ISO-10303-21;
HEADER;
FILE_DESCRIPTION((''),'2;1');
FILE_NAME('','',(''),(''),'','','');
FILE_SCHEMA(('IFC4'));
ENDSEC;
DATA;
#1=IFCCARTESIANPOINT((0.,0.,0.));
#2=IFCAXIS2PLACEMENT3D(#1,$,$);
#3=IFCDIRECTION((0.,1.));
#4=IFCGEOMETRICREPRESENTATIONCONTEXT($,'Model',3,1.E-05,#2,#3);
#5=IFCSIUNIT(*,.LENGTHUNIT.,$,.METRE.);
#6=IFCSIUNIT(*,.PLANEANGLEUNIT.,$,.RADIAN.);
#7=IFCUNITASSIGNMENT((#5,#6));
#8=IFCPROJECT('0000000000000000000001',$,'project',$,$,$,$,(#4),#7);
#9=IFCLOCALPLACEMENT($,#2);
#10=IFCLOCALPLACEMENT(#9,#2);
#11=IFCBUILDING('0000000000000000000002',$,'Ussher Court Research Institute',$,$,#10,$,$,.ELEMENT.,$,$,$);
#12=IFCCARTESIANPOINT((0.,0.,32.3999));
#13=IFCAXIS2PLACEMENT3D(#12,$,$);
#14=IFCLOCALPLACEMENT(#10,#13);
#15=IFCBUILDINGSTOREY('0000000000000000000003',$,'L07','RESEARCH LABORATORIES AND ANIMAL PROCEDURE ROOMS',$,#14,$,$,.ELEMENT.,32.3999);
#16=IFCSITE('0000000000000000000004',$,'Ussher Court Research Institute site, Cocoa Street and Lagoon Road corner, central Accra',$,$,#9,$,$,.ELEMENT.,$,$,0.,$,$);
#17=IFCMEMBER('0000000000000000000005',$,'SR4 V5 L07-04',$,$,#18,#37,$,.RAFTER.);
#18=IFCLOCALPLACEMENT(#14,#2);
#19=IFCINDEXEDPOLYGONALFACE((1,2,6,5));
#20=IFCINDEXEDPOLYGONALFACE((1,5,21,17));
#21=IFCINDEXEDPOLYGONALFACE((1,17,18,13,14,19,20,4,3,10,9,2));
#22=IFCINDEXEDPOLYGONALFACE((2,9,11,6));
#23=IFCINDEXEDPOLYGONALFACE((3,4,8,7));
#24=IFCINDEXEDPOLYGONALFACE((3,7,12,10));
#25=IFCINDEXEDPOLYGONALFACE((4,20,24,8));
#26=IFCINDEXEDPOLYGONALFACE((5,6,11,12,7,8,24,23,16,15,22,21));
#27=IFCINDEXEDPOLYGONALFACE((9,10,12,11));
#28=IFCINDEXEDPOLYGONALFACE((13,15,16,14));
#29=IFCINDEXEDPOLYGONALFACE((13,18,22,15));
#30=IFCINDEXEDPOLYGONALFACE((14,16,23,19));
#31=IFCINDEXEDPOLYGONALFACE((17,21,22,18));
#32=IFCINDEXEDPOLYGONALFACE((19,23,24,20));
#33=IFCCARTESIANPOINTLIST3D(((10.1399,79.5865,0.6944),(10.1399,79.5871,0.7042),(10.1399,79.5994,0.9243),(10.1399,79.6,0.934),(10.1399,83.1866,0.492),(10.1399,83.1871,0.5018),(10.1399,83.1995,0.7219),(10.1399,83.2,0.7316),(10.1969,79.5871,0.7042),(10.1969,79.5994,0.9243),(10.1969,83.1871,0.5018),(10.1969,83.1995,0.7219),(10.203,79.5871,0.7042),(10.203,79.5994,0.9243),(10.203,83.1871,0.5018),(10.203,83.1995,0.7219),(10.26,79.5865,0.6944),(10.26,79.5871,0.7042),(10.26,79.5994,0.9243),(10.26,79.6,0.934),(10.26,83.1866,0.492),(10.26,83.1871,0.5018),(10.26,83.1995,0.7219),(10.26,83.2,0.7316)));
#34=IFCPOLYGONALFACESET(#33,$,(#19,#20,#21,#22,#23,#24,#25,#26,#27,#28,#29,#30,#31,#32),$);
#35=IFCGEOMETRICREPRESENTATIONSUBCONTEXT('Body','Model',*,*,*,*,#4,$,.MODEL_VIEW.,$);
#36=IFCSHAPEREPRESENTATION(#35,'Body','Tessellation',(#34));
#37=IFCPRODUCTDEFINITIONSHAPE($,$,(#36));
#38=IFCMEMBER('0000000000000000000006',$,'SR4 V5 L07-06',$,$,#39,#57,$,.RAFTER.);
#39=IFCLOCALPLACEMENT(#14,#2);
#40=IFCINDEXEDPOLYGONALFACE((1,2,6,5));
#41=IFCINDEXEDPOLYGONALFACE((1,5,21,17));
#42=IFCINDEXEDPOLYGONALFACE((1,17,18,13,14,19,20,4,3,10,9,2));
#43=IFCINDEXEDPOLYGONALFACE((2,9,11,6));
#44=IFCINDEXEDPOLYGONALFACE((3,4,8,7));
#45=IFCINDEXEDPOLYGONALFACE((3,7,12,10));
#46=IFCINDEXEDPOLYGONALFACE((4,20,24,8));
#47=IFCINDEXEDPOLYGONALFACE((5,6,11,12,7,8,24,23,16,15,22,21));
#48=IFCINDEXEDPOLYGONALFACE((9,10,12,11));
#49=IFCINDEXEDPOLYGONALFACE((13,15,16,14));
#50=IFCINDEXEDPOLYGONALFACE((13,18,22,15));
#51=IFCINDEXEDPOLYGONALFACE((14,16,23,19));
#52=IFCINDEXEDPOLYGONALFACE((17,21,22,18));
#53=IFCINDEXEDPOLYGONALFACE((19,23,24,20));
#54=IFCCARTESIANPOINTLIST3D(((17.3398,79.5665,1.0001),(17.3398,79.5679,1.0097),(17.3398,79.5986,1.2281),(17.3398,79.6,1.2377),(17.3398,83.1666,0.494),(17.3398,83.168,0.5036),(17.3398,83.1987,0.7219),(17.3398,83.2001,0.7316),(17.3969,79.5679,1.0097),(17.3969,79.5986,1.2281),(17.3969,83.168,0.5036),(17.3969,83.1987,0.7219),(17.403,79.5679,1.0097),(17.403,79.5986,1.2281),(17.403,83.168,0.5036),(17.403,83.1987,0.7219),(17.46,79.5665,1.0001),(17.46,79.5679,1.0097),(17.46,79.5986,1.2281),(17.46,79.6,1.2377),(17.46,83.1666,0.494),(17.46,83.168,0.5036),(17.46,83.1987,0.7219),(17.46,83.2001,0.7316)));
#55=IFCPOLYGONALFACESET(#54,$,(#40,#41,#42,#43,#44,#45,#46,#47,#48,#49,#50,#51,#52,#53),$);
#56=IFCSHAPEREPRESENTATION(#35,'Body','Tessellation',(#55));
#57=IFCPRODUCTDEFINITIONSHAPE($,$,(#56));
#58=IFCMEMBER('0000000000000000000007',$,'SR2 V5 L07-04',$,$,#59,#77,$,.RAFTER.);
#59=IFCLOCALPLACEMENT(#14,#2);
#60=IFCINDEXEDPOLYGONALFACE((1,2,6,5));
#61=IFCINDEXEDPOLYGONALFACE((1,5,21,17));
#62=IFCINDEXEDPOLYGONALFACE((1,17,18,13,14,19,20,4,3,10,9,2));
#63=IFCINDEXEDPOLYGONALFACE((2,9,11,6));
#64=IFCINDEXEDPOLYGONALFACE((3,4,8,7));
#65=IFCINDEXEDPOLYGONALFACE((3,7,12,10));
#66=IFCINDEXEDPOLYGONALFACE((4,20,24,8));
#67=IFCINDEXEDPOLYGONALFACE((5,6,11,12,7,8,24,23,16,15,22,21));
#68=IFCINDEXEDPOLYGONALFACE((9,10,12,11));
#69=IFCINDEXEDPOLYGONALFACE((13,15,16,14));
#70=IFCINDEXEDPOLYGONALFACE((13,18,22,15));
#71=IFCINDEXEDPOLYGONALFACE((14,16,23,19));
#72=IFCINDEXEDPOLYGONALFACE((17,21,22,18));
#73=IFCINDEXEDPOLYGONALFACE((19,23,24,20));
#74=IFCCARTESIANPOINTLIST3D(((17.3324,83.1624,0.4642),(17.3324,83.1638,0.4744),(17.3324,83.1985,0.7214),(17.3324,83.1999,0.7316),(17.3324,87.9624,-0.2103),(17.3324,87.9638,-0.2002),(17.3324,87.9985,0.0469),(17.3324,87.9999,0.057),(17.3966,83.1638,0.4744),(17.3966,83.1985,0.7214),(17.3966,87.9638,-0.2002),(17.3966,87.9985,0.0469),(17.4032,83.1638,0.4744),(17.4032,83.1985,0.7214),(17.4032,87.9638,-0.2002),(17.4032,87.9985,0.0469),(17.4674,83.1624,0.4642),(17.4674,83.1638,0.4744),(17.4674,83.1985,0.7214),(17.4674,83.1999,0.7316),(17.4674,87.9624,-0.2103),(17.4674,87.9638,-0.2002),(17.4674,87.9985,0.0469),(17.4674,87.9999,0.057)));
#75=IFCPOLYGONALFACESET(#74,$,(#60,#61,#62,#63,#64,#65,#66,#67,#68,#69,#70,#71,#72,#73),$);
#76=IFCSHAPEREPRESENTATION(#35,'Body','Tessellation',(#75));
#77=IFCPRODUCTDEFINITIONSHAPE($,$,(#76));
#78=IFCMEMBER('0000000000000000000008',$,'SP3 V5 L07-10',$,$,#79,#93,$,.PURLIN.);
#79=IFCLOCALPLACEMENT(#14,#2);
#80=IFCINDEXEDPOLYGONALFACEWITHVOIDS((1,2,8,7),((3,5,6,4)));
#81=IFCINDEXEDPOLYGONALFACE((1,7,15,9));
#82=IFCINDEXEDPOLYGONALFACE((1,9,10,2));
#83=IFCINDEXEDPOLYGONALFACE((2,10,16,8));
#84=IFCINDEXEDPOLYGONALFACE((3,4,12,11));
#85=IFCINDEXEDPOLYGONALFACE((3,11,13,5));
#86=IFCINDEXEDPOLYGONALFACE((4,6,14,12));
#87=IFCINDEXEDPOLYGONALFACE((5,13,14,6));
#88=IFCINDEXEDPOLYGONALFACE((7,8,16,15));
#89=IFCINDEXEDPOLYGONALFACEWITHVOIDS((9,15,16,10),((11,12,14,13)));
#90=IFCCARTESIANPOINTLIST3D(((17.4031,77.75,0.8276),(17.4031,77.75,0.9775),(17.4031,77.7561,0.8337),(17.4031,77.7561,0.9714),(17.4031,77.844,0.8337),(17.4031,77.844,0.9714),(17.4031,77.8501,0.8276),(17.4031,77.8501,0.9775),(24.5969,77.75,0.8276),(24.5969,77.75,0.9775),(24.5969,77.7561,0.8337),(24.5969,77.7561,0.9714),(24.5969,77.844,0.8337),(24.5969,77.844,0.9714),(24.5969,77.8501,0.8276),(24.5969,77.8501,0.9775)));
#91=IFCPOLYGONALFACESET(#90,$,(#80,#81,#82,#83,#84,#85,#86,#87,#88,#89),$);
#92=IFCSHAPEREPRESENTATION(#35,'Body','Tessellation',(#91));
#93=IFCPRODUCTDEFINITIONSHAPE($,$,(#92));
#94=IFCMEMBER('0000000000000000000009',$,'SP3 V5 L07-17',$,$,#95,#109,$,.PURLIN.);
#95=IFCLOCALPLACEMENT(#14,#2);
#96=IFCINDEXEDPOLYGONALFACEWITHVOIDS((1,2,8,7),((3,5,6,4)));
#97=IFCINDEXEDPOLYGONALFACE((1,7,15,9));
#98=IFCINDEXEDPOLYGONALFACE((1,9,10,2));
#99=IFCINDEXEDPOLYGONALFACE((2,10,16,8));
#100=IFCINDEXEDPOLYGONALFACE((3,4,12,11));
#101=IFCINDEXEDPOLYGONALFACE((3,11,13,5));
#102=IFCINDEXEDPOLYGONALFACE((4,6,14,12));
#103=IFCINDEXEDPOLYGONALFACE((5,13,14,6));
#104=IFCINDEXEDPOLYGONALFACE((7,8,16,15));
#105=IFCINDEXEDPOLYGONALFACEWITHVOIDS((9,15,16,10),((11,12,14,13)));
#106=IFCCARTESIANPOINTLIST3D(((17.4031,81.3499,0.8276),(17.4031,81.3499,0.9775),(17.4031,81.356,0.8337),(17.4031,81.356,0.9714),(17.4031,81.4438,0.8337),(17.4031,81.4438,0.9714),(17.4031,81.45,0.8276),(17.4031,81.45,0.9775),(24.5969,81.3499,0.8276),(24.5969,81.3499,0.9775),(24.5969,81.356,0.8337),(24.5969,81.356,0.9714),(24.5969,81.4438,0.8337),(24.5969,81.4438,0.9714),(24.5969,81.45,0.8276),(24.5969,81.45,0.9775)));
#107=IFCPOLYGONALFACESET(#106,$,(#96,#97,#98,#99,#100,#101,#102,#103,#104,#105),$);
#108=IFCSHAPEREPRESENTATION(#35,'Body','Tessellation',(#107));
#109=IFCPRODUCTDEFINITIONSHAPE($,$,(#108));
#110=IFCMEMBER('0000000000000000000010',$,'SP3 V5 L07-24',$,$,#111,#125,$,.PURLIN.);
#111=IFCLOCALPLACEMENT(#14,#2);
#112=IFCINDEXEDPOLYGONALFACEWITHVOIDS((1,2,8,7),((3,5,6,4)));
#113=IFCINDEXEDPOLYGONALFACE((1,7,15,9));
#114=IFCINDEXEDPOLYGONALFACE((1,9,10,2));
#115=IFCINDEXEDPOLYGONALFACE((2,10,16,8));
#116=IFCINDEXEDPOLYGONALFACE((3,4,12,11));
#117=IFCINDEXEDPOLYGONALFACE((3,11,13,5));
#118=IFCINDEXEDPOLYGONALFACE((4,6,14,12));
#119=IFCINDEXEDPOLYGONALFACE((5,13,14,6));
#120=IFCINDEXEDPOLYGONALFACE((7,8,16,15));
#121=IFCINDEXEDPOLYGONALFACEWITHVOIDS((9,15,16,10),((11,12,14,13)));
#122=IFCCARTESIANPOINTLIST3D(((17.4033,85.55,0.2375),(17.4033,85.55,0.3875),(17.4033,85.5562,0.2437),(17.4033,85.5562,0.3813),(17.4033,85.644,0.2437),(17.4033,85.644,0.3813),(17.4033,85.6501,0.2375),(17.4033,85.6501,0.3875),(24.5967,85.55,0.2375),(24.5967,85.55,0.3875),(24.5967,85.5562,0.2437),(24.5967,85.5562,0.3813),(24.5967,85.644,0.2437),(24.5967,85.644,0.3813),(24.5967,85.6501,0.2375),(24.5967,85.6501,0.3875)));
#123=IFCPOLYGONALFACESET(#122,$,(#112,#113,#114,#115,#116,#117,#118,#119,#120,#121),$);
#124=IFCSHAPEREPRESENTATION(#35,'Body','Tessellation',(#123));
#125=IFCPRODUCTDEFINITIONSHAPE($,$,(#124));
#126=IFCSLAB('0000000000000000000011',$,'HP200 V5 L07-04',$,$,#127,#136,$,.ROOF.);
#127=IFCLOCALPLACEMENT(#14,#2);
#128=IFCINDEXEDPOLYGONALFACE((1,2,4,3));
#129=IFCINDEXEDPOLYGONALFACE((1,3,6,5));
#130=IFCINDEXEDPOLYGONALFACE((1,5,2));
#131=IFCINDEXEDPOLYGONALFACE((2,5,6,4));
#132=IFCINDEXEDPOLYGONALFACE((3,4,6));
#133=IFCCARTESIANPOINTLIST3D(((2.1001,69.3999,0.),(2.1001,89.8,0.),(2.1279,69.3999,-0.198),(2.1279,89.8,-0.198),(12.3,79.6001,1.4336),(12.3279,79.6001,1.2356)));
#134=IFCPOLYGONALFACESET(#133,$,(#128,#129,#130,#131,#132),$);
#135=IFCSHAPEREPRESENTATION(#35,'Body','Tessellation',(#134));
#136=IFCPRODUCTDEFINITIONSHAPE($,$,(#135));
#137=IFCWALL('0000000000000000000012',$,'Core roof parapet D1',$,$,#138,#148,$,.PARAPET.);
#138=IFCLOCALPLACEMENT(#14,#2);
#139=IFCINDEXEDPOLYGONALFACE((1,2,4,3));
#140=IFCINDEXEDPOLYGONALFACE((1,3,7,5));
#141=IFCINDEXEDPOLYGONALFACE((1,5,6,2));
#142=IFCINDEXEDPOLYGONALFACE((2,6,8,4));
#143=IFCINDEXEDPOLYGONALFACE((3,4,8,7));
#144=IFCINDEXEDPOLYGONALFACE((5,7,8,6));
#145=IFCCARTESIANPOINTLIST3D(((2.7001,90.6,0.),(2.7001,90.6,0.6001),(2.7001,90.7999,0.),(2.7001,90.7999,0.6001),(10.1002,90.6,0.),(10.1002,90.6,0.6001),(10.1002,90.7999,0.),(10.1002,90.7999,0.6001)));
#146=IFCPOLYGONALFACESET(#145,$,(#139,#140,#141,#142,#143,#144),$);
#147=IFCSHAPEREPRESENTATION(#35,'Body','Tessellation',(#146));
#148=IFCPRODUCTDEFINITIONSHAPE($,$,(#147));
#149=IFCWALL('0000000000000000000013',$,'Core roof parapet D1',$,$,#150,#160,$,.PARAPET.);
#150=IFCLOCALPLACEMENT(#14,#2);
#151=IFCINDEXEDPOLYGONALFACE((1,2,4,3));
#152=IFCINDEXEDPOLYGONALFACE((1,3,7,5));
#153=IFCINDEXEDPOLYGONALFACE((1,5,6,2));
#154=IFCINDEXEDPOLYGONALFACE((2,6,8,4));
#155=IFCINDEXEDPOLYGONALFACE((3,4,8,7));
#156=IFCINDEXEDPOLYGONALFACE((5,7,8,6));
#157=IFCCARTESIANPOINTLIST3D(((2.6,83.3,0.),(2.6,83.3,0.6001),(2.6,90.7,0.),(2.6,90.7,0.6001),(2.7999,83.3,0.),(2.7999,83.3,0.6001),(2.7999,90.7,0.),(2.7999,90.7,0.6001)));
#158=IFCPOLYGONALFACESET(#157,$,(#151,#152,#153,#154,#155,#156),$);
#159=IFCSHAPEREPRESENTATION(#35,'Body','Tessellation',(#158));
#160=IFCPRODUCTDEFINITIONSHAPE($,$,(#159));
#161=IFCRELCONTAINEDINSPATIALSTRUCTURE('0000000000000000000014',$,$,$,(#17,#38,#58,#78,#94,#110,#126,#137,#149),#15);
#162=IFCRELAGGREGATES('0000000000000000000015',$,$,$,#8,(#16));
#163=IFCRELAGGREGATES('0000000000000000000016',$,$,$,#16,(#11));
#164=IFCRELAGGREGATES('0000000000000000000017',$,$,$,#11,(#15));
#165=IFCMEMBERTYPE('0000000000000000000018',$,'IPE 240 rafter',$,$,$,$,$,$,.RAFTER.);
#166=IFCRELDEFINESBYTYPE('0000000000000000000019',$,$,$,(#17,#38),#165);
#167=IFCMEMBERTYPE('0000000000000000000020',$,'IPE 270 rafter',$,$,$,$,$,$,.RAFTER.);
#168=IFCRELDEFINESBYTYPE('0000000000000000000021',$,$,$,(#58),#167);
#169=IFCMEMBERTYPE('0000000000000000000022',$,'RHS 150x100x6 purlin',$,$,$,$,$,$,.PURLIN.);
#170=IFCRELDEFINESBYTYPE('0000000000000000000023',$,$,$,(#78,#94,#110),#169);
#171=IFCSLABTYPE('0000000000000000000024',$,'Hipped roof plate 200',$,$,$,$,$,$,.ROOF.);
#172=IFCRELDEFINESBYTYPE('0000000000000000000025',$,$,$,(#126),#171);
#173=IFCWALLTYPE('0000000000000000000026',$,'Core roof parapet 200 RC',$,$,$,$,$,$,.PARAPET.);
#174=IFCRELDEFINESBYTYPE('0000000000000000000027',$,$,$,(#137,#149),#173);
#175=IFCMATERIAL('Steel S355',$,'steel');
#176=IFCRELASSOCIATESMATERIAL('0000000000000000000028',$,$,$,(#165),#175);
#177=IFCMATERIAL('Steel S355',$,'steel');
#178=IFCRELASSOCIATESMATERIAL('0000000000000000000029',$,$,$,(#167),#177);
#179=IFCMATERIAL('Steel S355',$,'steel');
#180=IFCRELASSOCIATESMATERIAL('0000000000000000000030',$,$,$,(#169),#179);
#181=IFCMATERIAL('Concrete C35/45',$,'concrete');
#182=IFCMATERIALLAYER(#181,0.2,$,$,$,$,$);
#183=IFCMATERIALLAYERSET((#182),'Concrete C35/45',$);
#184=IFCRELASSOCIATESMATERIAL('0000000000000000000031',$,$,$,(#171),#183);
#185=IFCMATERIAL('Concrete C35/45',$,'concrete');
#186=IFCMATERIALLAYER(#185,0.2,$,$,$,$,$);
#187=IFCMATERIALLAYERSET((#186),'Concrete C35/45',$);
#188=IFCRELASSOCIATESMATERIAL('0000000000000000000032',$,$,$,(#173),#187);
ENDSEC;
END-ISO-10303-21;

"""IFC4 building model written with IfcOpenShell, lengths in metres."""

from ifc_helpers import new_model, si_unit, direction, frame, frame_2d, origin, origin_2d, place, context, subcontext, project, spatial, polyline, rectangle, hollow_rectangle, i_section, outline, extrude, material, layer, layer_set, material_profile, profile_set, type_object, element, save


model = new_model("IFC4")

# Units and contexts
model_context = context("Model", 3, precision=1e-05, world=origin(), true_north=direction((0.0, 1.0)))
body_context = subcontext(model_context, "Body", "Model", "MODEL_VIEW")
ifc_project = project(units=[si_unit("LENGTHUNIT", "METRE"), si_unit("PLANEANGLEUNIT", "RADIAN")], contexts=[model_context])

# Site, building, storey
site_placement = place(None, origin())
site = spatial("IfcSite", under=ifc_project, at=site_placement, Name="Ussher Court Research Institute site, Cocoa Street and Lagoon Road corner, central Accra", CompositionType="ELEMENT", RefElevation=0.0)
building_placement = place(site_placement, origin())
building = spatial("IfcBuilding", under=site, at=building_placement, Name="Ussher Court Research Institute", CompositionType="ELEMENT")
storey_placement = place(building_placement, frame((0.0, 0.0, 32.3999)))
storey = spatial("IfcBuildingStorey", under=building, at=storey_placement, Name="L07", Description="RESEARCH LABORATORIES AND ANIMAL PROCEDURE ROOMS", CompositionType="ELEMENT", Elevation=32.3999)

# Members
ifc_material_1 = material(Name="Steel S355", Category="steel")
ifc_material_profile_1 = material_profile(ifc_material_1, i_section(OverallWidth=0.1201, OverallDepth=0.24, WebThickness=0.0061, FlangeThickness=0.0098, at=origin_2d()), Name="IPE 240")
ifc_profile_set_1 = profile_set([ifc_material_profile_1], Name="Steel S355")
member_type_1 = type_object("IfcMemberType", Name="IPE 240 rafter", PredefinedType="RAFTER", material=ifc_profile_set_1)
member_1_placement = place(storey_placement, frame((10.2, 79.5933, 0.8142), z_axis=(0.0, 0.998423, -0.05613), x_axis=(-1.0, 0.0, 0.0)))
element("IfcMember", 1, at=member_1_placement, inside=storey, type_object=member_type_1, Name="SR4 V5 L07-04", PredefinedType="RAFTER", context=body_context, shape_type="SweptSolid", body=[
    extrude(i_section(OverallWidth=0.1201, OverallDepth=0.24, WebThickness=0.0061, FlangeThickness=0.0098, at=origin_2d()), origin(), (0.0, 0.0, 1.0), 3.6057),
])
member_2_placement = place(storey_placement, frame((17.3999, 79.5833, 1.1189), z_axis=(0.0, 0.990263, -0.139212), x_axis=(-1.0, 0.0, 0.0)))
element("IfcMember", 2, at=member_2_placement, inside=storey, type_object=member_type_1, Name="SR4 V5 L07-06", PredefinedType="RAFTER", context=body_context, shape_type="SweptSolid", body=[
    extrude(i_section(OverallWidth=0.1201, OverallDepth=0.24, WebThickness=0.0061, FlangeThickness=0.0098, at=origin_2d()), origin(), (0.0, 0.0, 1.0), 3.6355),
])
ifc_material_2 = material(Name="Steel S355", Category="steel")
ifc_material_profile_2 = material_profile(ifc_material_2, i_section(OverallWidth=0.135, OverallDepth=0.27, WebThickness=0.0066, FlangeThickness=0.0103, at=origin_2d()), Name="IPE 270")
ifc_profile_set_2 = profile_set([ifc_material_profile_2], Name="Steel S355")
member_type_2 = type_object("IfcMemberType", Name="IPE 270 rafter", PredefinedType="RAFTER", material=ifc_profile_set_2)
member_3_placement = place(storey_placement, frame((17.3999, 83.1812, 0.5979), z_axis=(0.0, 0.990269, -0.139165), x_axis=(-1.0, 0.0, 0.0)))
element("IfcMember", 3, at=member_3_placement, inside=storey, type_object=member_type_2, Name="SR2 V5 L07-04", PredefinedType="RAFTER", context=body_context, shape_type="SweptSolid", body=[
    extrude(i_section(OverallWidth=0.135, OverallDepth=0.27, WebThickness=0.0066, FlangeThickness=0.0103, at=origin_2d()), origin(), (0.0, 0.0, 1.0), 4.8472),
])
ifc_material_3 = material(Name="Steel S355", Category="steel")
ifc_material_profile_3 = material_profile(ifc_material_3, hollow_rectangle(XDim=0.1001, YDim=0.1499, WallThickness=0.0061, at=origin_2d()), Name="RHS 150x100x6")
ifc_profile_set_3 = profile_set([ifc_material_profile_3], Name="Steel S355")
member_type_3 = type_object("IfcMemberType", Name="RHS 150x100x6 purlin", PredefinedType="PURLIN", material=ifc_profile_set_3)
for number, where, z_axis, x_axis, name in (
    (4, (17.4031, 77.8, 0.9026), (1.0, 0.0, 0.0), (0.0, 1.0, 0.0), "SP3 V5 L07-10"),
    (5, (17.4031, 81.3999, 0.9026), (1.0, 0.0, 0.0), (0.0, 1.0, 0.0), "SP3 V5 L07-17"),
):
    element("IfcMember", number, at=place(storey_placement, frame(where, z_axis=z_axis, x_axis=x_axis)), inside=storey, type_object=member_type_3, Name=name, PredefinedType="PURLIN", context=body_context, shape_type="SweptSolid", body=[
        extrude(hollow_rectangle(XDim=0.1001, YDim=0.1499, WallThickness=0.0061, at=origin_2d()), origin(), (0.0, 0.0, 1.0), 7.1938),
    ])
member_4_placement = place(storey_placement, frame((17.4033, 85.6001, 0.3125), z_axis=(1.0, 0.0, 0.0), x_axis=(0.0, 1.0, 0.0)))
element("IfcMember", 6, at=member_4_placement, inside=storey, type_object=member_type_3, Name="SP3 V5 L07-24", PredefinedType="PURLIN", context=body_context, shape_type="SweptSolid", body=[
    extrude(hollow_rectangle(XDim=0.1001, YDim=0.1499, WallThickness=0.0061, at=origin_2d()), origin(), (0.0, 0.0, 1.0), 7.1934),
])

# Slab
ifc_material_4 = material(Name="Concrete C35/45", Category="concrete")
ifc_layer_1 = layer(ifc_material_4, 0.2)
ifc_layer_set_1 = layer_set([ifc_layer_1], Name="Concrete C35/45")
slab_type = type_object("IfcSlabType", Name="Hipped roof plate 200", PredefinedType="ROOF", material=ifc_layer_set_1)
slab_placement = place(storey_placement, frame((2.1001, 89.8, 0.0), z_axis=(-0.139181, 0.0, 0.990267), x_axis=(0.0, -1.0, 0.0)))
element("IfcSlab", 7, at=slab_placement, inside=storey, type_object=slab_type, Name="HP200 V5 L07-04", PredefinedType="ROOF", context=body_context, shape_type="SweptSolid", body=[
    extrude(outline(polyline([(0.0, 0.0), (20.4001, 0.0), (10.2, 10.3002), (0.0, 0.0)])), origin(), (0.0, 0.0, -1.0), 0.2),
])

# Walls
ifc_material_5 = material(Name="Concrete C35/45", Category="concrete")
ifc_layer_2 = layer(ifc_material_5, 0.2)
ifc_layer_set_2 = layer_set([ifc_layer_2], Name="Concrete C35/45")
wall_type = type_object("IfcWallType", Name="Core roof parapet 200 RC", PredefinedType="PARAPET", material=ifc_layer_set_2)
wall_1_placement = place(storey_placement, frame((2.7, 90.7, 0.0), z_axis=(0.0, 0.0, 1.0), x_axis=(1.0, 0.0, 0.0)))
element("IfcWall", 8, at=wall_1_placement, inside=storey, type_object=wall_type, Name="Core roof parapet D1", PredefinedType="PARAPET", context=body_context, shape_type="SweptSolid", body=[
    extrude(rectangle(XDim=7.4001, YDim=0.2, at=frame_2d((3.7002, 0.0))), origin(), (0.0, 0.0, 1.0), 0.6001),
])
wall_2_placement = place(storey_placement, frame((2.7, 83.3, 0.0), z_axis=(0.0, 0.0, 1.0), x_axis=(0.0, 1.0, 0.0)))
element("IfcWall", 9, at=wall_2_placement, inside=storey, type_object=wall_type, Name="Core roof parapet D1", PredefinedType="PARAPET", context=body_context, shape_type="SweptSolid", body=[
    extrude(rectangle(XDim=7.3999, YDim=0.2, at=frame_2d((3.7, 0.0))), origin(), (0.0, 0.0, 1.0), 0.6001),
])

save(model, "model.ifc")
